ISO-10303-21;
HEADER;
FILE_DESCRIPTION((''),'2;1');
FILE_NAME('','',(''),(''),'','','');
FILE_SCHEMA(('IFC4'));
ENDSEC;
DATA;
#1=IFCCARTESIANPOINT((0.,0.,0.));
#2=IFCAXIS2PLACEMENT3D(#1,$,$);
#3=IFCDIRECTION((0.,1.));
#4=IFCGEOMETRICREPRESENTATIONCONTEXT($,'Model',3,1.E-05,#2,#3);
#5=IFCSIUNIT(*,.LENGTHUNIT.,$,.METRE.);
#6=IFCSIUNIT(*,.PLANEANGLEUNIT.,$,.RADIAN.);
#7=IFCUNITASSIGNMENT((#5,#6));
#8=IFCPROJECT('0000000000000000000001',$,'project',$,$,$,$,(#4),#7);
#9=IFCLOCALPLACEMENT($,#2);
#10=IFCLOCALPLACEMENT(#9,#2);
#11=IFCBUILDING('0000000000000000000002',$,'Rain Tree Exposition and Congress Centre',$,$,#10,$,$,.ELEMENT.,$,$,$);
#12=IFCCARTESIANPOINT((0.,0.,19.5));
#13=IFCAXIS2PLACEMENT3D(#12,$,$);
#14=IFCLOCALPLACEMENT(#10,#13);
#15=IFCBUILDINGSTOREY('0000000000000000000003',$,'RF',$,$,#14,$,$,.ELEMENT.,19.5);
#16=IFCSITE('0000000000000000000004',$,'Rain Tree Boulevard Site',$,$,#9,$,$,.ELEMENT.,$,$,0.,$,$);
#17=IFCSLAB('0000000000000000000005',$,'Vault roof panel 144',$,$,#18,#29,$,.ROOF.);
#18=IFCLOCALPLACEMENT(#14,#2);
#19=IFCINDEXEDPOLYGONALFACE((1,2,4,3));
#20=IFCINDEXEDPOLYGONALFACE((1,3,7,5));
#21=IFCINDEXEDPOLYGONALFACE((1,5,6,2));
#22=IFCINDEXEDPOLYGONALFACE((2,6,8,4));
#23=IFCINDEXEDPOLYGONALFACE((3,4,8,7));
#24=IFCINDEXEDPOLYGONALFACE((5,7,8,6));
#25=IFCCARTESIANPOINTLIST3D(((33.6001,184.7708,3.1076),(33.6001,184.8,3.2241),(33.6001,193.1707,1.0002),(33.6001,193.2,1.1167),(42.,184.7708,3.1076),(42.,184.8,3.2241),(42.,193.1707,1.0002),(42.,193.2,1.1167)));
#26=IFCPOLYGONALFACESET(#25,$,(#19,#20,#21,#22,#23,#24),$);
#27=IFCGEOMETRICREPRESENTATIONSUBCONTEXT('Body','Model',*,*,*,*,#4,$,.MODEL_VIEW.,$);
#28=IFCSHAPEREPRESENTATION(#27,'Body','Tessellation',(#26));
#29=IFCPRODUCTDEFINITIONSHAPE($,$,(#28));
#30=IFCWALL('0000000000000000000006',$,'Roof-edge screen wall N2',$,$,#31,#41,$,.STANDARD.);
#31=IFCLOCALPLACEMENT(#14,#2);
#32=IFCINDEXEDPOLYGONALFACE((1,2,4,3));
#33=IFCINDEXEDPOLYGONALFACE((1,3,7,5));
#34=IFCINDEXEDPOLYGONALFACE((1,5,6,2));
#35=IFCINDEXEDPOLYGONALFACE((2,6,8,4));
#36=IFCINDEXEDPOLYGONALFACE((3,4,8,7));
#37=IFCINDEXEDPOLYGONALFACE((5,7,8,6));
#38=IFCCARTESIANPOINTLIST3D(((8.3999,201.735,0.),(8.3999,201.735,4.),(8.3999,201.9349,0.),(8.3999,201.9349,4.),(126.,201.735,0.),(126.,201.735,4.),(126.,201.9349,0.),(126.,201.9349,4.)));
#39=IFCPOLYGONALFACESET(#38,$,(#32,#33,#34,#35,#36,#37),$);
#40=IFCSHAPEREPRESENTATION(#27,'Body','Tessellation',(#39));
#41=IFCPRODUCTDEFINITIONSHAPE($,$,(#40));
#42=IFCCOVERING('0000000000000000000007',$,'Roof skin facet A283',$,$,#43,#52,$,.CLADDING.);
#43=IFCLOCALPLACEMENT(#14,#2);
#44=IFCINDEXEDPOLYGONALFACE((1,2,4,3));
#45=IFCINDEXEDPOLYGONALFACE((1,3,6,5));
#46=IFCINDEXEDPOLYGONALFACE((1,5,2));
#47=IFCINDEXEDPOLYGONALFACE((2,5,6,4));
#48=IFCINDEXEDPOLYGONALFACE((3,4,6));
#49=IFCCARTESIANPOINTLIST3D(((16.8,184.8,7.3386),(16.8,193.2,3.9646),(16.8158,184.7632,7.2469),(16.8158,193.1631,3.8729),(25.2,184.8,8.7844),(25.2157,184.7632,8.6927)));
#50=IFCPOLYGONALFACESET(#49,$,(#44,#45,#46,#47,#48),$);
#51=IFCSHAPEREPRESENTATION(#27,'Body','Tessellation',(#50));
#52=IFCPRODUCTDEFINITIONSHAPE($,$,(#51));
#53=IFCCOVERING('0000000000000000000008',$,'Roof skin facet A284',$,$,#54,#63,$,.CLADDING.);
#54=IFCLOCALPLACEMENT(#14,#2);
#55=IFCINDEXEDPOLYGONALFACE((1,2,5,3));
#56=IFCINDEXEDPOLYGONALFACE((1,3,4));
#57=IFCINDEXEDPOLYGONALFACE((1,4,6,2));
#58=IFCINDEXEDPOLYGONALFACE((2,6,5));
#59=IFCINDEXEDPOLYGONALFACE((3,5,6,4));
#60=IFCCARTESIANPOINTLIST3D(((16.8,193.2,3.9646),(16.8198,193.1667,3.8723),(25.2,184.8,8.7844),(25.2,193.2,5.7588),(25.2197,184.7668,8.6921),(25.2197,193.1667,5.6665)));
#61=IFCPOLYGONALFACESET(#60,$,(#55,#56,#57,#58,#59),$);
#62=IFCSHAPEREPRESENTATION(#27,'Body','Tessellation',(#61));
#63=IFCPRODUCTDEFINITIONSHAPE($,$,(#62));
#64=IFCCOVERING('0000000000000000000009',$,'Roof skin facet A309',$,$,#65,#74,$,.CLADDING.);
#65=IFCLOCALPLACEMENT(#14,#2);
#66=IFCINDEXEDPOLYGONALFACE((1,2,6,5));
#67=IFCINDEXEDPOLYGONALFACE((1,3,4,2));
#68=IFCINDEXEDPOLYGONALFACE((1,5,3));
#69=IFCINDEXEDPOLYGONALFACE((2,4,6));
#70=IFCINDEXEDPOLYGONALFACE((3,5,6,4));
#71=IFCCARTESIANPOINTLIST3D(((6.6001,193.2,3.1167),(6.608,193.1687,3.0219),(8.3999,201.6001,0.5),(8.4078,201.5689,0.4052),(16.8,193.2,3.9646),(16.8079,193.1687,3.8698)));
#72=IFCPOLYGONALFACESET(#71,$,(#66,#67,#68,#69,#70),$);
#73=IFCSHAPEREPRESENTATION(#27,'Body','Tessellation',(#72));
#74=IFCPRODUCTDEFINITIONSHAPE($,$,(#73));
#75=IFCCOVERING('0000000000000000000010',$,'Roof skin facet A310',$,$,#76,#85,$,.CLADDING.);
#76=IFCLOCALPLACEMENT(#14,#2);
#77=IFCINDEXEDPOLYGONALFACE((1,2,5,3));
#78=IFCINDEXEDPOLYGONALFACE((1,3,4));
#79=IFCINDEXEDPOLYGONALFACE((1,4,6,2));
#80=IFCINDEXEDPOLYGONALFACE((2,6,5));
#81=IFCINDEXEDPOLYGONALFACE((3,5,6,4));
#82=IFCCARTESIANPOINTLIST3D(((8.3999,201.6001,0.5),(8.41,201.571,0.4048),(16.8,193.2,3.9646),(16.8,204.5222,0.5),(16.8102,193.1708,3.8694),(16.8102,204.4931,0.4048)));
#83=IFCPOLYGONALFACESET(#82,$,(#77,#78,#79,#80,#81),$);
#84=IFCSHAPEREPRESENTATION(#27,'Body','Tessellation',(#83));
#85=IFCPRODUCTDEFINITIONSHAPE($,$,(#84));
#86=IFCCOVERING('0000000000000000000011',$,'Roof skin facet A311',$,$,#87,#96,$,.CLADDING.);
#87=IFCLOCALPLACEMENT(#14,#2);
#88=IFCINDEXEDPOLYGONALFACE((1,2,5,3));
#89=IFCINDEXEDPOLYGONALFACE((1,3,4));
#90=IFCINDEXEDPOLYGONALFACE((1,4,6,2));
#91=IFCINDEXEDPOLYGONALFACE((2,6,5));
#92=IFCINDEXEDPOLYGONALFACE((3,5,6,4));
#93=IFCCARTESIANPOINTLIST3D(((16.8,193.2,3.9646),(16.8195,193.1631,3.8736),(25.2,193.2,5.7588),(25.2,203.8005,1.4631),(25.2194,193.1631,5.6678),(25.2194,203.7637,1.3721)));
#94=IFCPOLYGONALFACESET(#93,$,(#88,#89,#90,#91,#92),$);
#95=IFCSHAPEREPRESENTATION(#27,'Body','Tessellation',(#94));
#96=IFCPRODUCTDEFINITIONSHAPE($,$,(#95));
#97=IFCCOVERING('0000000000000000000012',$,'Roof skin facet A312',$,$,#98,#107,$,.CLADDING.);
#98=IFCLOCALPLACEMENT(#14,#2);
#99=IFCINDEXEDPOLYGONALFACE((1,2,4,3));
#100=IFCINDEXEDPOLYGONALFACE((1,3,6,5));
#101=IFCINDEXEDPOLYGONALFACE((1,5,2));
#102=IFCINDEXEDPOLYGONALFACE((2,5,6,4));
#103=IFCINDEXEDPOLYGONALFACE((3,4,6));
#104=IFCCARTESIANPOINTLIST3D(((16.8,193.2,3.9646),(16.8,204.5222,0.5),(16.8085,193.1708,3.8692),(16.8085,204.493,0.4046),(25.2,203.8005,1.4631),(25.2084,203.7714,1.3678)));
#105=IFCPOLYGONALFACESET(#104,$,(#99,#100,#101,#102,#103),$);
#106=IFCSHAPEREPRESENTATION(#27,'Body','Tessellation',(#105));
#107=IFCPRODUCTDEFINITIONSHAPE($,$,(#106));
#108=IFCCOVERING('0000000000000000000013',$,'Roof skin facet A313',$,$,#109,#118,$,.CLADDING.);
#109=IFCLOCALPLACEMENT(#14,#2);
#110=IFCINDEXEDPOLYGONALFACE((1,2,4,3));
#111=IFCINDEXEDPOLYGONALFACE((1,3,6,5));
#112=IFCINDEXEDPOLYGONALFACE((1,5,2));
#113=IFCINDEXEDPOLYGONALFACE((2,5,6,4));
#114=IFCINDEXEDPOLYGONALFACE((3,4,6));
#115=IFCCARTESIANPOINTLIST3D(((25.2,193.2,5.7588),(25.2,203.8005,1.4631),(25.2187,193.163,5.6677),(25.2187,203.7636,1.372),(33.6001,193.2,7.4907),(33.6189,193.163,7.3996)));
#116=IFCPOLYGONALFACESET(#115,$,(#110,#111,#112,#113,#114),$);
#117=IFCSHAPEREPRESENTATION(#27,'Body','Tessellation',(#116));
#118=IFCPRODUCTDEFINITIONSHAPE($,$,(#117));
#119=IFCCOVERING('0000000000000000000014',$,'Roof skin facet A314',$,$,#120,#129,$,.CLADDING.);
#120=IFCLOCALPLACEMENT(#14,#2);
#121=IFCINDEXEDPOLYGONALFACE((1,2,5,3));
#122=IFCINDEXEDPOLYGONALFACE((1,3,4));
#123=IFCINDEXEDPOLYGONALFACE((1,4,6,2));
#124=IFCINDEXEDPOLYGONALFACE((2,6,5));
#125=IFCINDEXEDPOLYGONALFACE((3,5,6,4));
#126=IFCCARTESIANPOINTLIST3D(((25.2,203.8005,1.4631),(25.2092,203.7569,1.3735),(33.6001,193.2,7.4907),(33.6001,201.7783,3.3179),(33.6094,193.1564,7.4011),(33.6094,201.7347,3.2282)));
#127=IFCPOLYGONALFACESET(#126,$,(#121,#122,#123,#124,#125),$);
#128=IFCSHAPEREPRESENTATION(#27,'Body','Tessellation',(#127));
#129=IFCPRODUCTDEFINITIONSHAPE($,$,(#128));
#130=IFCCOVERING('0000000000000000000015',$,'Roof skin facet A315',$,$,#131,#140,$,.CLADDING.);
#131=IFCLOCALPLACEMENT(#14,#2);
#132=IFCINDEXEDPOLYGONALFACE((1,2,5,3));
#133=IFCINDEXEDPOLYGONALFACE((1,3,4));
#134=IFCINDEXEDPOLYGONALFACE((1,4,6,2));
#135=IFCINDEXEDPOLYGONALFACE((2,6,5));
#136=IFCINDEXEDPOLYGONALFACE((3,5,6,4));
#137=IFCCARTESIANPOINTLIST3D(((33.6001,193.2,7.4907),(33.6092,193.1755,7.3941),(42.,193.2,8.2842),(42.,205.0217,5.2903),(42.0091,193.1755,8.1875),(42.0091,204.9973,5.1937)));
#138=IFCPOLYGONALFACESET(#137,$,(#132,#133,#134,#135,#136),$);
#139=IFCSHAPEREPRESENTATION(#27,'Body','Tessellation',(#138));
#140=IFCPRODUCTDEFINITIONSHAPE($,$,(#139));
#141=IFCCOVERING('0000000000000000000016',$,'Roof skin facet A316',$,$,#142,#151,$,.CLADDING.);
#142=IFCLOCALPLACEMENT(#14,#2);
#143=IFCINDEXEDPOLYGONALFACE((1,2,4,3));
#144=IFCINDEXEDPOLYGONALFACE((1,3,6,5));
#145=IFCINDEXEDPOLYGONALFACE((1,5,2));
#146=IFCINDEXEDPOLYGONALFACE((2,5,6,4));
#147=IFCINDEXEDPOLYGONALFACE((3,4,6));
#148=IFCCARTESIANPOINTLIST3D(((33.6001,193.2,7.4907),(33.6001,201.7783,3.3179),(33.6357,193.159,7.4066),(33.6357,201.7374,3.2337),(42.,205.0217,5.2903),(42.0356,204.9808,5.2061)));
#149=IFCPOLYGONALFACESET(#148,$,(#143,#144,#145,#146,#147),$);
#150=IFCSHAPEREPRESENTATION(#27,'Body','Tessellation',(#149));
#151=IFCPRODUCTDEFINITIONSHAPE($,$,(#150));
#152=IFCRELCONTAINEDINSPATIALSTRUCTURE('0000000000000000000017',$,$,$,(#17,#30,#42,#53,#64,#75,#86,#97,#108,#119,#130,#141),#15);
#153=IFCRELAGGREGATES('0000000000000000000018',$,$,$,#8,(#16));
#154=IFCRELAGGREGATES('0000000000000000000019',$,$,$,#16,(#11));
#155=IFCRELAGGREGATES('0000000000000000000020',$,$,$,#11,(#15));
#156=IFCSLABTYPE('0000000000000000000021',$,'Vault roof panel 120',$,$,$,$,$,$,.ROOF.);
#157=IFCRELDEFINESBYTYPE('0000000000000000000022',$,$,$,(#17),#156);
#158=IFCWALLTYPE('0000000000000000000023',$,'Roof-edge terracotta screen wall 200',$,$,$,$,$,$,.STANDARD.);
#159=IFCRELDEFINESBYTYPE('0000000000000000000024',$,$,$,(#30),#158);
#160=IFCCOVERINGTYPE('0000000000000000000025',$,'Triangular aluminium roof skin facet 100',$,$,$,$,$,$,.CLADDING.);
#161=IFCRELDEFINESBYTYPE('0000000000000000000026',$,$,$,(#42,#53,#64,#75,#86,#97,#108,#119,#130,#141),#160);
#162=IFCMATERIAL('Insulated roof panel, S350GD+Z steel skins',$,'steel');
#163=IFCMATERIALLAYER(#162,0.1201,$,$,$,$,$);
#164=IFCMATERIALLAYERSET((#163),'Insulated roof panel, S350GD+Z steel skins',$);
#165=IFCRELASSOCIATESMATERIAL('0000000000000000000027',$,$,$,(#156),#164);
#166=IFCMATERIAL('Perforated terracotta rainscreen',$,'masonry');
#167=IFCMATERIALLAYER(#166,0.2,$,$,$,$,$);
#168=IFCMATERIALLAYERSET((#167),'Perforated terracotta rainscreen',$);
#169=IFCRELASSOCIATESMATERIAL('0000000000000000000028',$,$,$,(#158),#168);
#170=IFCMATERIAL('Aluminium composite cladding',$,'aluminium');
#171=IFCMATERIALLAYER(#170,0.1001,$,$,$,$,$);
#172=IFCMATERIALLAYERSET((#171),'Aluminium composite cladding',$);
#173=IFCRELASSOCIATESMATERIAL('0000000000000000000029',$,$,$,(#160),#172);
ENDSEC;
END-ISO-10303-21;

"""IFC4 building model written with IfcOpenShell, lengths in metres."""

from ifc_helpers import new_model, si_unit, direction, frame, frame_2d, origin, place, context, subcontext, project, spatial, polyline, rectangle, outline, extrude, material, layer, layer_set, type_object, element, save


model = new_model("IFC4")

# Units and contexts
model_context = context("Model", 3, precision=1e-05, world=origin(), true_north=direction((0.0, 1.0)))
body_context = subcontext(model_context, "Body", "Model", "MODEL_VIEW")
ifc_project = project(units=[si_unit("LENGTHUNIT", "METRE"), si_unit("PLANEANGLEUNIT", "RADIAN")], contexts=[model_context])

# Site, building, storey
site_placement = place(None, origin())
site = spatial("IfcSite", under=ifc_project, at=site_placement, Name="Rain Tree Boulevard Site", CompositionType="ELEMENT", RefElevation=0.0)
building_placement = place(site_placement, origin())
building = spatial("IfcBuilding", under=site, at=building_placement, Name="Rain Tree Exposition and Congress Centre", CompositionType="ELEMENT")
storey_placement = place(building_placement, frame((0.0, 0.0, 19.5)))
storey = spatial("IfcBuildingStorey", under=building, at=storey_placement, Name="RF", CompositionType="ELEMENT", Elevation=19.5)

# Slab
ifc_material_1 = material(Name="Insulated roof panel, S350GD+Z steel skins", Category="steel")
ifc_layer_1 = layer(ifc_material_1, 0.1201)
ifc_layer_set_1 = layer_set([ifc_layer_1], Name="Insulated roof panel, S350GD+Z steel skins")
slab_type = type_object("IfcSlabType", Name="Vault roof panel 120", PredefinedType="ROOF", material=ifc_layer_set_1)
slab_1_placement = place(storey_placement, frame((33.6001, 184.8, 3.2241), z_axis=(0.0, 0.243345, 0.96994), x_axis=(1.0, 0.0, 0.0)))
element("IfcSlab", 1, at=slab_1_placement, inside=storey, type_object=slab_type, Name="Vault roof panel 144", PredefinedType="ROOF", context=body_context, shape_type="SweptSolid", body=[
    extrude(outline(polyline([(0.0, 0.0), (8.3999, 0.0), (8.3999, 8.6602), (0.0, 8.6602), (0.0, 0.0)])), origin(), (0.0, 0.0, -1.0), 0.1201),
])

# Wall
ifc_material_2 = material(Name="Perforated terracotta rainscreen", Category="masonry")
ifc_layer_2 = layer(ifc_material_2, 0.2)
ifc_layer_set_2 = layer_set([ifc_layer_2], Name="Perforated terracotta rainscreen")
wall_type = type_object("IfcWallType", Name="Roof-edge terracotta screen wall 200", PredefinedType="STANDARD", material=ifc_layer_set_2)
wall_placement = place(storey_placement, frame((8.3999, 201.835, 0.0), z_axis=(0.0, 0.0, 1.0), x_axis=(1.0, 0.0, 0.0)))
element("IfcWall", 2, at=wall_placement, inside=storey, type_object=wall_type, Name="Roof-edge screen wall N2", PredefinedType="STANDARD", context=body_context, shape_type="SweptSolid", body=[
    extrude(rectangle(XDim=117.6001, YDim=0.2, at=frame_2d((58.8, 0.0))), origin(), (0.0, 0.0, 1.0), 4.0),
])

# Coverings
ifc_material_3 = material(Name="Aluminium composite cladding", Category="aluminium")
ifc_layer_3 = layer(ifc_material_3, 0.1001)
ifc_layer_set_3 = layer_set([ifc_layer_3], Name="Aluminium composite cladding")
covering_type = type_object("IfcCoveringType", Name="Triangular aluminium roof skin facet 100", PredefinedType="CLADDING", material=ifc_layer_set_3)
covering_1_placement = place(storey_placement, frame((16.8, 184.8, 7.3386), z_axis=(-0.157719, 0.368064, 0.916326), x_axis=(0.985508, 0.0, 0.169627)))
element("IfcCovering", 3, at=covering_1_placement, inside=storey, type_object=covering_type, Name="Roof skin facet A283", PredefinedType="CLADDING", context=body_context, shape_type="SweptSolid", body=[
    extrude(outline(polyline([(0.0, 0.0), (8.5234, 0.0), (-0.5723, 9.0341), (0.0, 0.0)])), origin(), (0.0, 0.0, -1.0), 0.1001),
])
covering_2_placement = place(storey_placement, frame((25.2, 184.8, 8.7844), z_axis=(-0.197019, 0.332243, 0.922387), x_axis=(0.0, 0.940828, -0.338885)))
element("IfcCovering", 4, at=covering_2_placement, inside=storey, type_object=covering_type, Name="Roof skin facet A284", PredefinedType="CLADDING", context=body_context, shape_type="SweptSolid", body=[
    extrude(outline(polyline([(0.0, 0.0), (8.9282, 0.0), (9.5362, 8.5678), (0.0, 0.0)])), origin(), (0.0, 0.0, -1.0), 0.1001),
])
covering_3_placement = place(storey_placement, frame((6.6001, 193.2, 3.1167), z_axis=(-0.078712, 0.311822, 0.946875), x_axis=(0.996563, 0.0, 0.082842)))
element("IfcCovering", 5, at=covering_3_placement, inside=storey, type_object=covering_type, Name="Roof skin facet A309", PredefinedType="CLADDING", context=body_context, shape_type="SweptSolid", body=[
    extrude(outline(polyline([(0.0, 0.0), (10.2351, 0.0), (1.5768, 8.841), (0.0, 0.0)])), origin(), (0.0, 0.0, -1.0), 0.1001),
])
covering_4_placement = place(storey_placement, frame((16.8, 193.2, 3.9646), z_axis=(-0.101264, 0.291102, 0.951318), x_axis=(0.0, 0.956233, -0.292606)))
element("IfcCovering", 6, at=covering_4_placement, inside=storey, type_object=covering_type, Name="Roof skin facet A310", PredefinedType="CLADDING", context=body_context, shape_type="SweptSolid", body=[
    extrude(outline(polyline([(0.0, 0.0), (11.8405, 0.0), (9.0463, 8.4436), (0.0, 0.0)])), origin(), (0.0, 0.0, -1.0), 0.1001),
])
covering_5_placement = place(storey_placement, frame((16.8, 193.2, 3.9646), z_axis=(-0.194192, 0.368414, 0.909154), x_axis=(0.97794, 0.0, 0.208885)))
element("IfcCovering", 7, at=covering_5_placement, inside=storey, type_object=covering_type, Name="Roof skin facet A311", PredefinedType="CLADDING", context=body_context, shape_type="SweptSolid", body=[
    extrude(outline(polyline([(0.0, 0.0), (8.5894, 0.0), (7.6921, 11.4026), (0.0, 0.0)])), origin(), (0.0, 0.0, -1.0), 0.1001),
])
covering_6_placement = place(storey_placement, frame((16.8, 193.2, 3.9646), z_axis=(-0.084202, 0.291567, 0.952837), x_axis=(0.610699, 0.770696, -0.181864)))
element("IfcCovering", 8, at=covering_6_placement, inside=storey, type_object=covering_type, Name="Roof skin facet A312", PredefinedType="CLADDING", context=body_context, shape_type="SweptSolid", body=[
    extrude(outline(polyline([(0.0, 0.0), (13.7546, 0.0), (9.3561, 7.2567), (0.0, 0.0)])), origin(), (0.0, 0.0, -1.0), 0.1001),
])
covering_7_placement = place(storey_placement, frame((25.2, 193.2, 5.7588), z_axis=(-0.18769, 0.368889, 0.910326), x_axis=(0.9794, 0.0, 0.201932)))
element("IfcCovering", 9, at=covering_7_placement, inside=storey, type_object=covering_type, Name="Roof skin facet A313", PredefinedType="CLADDING", context=body_context, shape_type="SweptSolid", body=[
    extrude(outline(polyline([(0.0, 0.0), (8.5768, 0.0), (-0.8674, 11.4049), (0.0, 0.0)])), origin(), (0.0, 0.0, -1.0), 0.1001),
])
covering_8_placement = place(storey_placement, frame((33.6001, 193.2, 7.4907), z_axis=(-0.092845, 0.435542, 0.895368), x_axis=(0.0, 0.899252, -0.437431)))
element("IfcCovering", 10, at=covering_8_placement, inside=storey, type_object=covering_type, Name="Roof skin facet A314", PredefinedType="CLADDING", context=body_context, shape_type="SweptSolid", body=[
    extrude(outline(polyline([(0.0, 0.0), (9.5395, 0.0), (12.1693, 8.4366), (0.0, 0.0)])), origin(), (0.0, 0.0, -1.0), 0.1001),
])
covering_9_placement = place(storey_placement, frame((33.6001, 193.2, 7.4907), z_axis=(-0.091188, 0.244479, 0.965357), x_axis=(0.995568, 0.0, 0.094042)))
element("IfcCovering", 11, at=covering_9_placement, inside=storey, type_object=covering_type, Name="Roof skin facet A315", PredefinedType="CLADDING", context=body_context, shape_type="SweptSolid", body=[
    extrude(outline(polyline([(0.0, 0.0), (8.4373, 0.0), (8.1557, 12.1917), (0.0, 0.0)])), origin(), (0.0, 0.0, -1.0), 0.1001),
])
covering_10_placement = place(storey_placement, frame((33.6001, 193.2, 7.4907), z_axis=(-0.355266, 0.408895, 0.840589), x_axis=(0.572663, 0.805949, -0.150015)))
element("IfcCovering", 12, at=covering_10_placement, inside=storey, type_object=covering_type, Name="Roof skin facet A316", PredefinedType="CLADDING", context=body_context, shape_type="SweptSolid", body=[
    extrude(outline(polyline([(0.0, 0.0), (14.6682, 0.0), (7.5397, 5.8441), (0.0, 0.0)])), origin(), (0.0, 0.0, -1.0), 0.1001),
])

save(model, "model.ifc")
